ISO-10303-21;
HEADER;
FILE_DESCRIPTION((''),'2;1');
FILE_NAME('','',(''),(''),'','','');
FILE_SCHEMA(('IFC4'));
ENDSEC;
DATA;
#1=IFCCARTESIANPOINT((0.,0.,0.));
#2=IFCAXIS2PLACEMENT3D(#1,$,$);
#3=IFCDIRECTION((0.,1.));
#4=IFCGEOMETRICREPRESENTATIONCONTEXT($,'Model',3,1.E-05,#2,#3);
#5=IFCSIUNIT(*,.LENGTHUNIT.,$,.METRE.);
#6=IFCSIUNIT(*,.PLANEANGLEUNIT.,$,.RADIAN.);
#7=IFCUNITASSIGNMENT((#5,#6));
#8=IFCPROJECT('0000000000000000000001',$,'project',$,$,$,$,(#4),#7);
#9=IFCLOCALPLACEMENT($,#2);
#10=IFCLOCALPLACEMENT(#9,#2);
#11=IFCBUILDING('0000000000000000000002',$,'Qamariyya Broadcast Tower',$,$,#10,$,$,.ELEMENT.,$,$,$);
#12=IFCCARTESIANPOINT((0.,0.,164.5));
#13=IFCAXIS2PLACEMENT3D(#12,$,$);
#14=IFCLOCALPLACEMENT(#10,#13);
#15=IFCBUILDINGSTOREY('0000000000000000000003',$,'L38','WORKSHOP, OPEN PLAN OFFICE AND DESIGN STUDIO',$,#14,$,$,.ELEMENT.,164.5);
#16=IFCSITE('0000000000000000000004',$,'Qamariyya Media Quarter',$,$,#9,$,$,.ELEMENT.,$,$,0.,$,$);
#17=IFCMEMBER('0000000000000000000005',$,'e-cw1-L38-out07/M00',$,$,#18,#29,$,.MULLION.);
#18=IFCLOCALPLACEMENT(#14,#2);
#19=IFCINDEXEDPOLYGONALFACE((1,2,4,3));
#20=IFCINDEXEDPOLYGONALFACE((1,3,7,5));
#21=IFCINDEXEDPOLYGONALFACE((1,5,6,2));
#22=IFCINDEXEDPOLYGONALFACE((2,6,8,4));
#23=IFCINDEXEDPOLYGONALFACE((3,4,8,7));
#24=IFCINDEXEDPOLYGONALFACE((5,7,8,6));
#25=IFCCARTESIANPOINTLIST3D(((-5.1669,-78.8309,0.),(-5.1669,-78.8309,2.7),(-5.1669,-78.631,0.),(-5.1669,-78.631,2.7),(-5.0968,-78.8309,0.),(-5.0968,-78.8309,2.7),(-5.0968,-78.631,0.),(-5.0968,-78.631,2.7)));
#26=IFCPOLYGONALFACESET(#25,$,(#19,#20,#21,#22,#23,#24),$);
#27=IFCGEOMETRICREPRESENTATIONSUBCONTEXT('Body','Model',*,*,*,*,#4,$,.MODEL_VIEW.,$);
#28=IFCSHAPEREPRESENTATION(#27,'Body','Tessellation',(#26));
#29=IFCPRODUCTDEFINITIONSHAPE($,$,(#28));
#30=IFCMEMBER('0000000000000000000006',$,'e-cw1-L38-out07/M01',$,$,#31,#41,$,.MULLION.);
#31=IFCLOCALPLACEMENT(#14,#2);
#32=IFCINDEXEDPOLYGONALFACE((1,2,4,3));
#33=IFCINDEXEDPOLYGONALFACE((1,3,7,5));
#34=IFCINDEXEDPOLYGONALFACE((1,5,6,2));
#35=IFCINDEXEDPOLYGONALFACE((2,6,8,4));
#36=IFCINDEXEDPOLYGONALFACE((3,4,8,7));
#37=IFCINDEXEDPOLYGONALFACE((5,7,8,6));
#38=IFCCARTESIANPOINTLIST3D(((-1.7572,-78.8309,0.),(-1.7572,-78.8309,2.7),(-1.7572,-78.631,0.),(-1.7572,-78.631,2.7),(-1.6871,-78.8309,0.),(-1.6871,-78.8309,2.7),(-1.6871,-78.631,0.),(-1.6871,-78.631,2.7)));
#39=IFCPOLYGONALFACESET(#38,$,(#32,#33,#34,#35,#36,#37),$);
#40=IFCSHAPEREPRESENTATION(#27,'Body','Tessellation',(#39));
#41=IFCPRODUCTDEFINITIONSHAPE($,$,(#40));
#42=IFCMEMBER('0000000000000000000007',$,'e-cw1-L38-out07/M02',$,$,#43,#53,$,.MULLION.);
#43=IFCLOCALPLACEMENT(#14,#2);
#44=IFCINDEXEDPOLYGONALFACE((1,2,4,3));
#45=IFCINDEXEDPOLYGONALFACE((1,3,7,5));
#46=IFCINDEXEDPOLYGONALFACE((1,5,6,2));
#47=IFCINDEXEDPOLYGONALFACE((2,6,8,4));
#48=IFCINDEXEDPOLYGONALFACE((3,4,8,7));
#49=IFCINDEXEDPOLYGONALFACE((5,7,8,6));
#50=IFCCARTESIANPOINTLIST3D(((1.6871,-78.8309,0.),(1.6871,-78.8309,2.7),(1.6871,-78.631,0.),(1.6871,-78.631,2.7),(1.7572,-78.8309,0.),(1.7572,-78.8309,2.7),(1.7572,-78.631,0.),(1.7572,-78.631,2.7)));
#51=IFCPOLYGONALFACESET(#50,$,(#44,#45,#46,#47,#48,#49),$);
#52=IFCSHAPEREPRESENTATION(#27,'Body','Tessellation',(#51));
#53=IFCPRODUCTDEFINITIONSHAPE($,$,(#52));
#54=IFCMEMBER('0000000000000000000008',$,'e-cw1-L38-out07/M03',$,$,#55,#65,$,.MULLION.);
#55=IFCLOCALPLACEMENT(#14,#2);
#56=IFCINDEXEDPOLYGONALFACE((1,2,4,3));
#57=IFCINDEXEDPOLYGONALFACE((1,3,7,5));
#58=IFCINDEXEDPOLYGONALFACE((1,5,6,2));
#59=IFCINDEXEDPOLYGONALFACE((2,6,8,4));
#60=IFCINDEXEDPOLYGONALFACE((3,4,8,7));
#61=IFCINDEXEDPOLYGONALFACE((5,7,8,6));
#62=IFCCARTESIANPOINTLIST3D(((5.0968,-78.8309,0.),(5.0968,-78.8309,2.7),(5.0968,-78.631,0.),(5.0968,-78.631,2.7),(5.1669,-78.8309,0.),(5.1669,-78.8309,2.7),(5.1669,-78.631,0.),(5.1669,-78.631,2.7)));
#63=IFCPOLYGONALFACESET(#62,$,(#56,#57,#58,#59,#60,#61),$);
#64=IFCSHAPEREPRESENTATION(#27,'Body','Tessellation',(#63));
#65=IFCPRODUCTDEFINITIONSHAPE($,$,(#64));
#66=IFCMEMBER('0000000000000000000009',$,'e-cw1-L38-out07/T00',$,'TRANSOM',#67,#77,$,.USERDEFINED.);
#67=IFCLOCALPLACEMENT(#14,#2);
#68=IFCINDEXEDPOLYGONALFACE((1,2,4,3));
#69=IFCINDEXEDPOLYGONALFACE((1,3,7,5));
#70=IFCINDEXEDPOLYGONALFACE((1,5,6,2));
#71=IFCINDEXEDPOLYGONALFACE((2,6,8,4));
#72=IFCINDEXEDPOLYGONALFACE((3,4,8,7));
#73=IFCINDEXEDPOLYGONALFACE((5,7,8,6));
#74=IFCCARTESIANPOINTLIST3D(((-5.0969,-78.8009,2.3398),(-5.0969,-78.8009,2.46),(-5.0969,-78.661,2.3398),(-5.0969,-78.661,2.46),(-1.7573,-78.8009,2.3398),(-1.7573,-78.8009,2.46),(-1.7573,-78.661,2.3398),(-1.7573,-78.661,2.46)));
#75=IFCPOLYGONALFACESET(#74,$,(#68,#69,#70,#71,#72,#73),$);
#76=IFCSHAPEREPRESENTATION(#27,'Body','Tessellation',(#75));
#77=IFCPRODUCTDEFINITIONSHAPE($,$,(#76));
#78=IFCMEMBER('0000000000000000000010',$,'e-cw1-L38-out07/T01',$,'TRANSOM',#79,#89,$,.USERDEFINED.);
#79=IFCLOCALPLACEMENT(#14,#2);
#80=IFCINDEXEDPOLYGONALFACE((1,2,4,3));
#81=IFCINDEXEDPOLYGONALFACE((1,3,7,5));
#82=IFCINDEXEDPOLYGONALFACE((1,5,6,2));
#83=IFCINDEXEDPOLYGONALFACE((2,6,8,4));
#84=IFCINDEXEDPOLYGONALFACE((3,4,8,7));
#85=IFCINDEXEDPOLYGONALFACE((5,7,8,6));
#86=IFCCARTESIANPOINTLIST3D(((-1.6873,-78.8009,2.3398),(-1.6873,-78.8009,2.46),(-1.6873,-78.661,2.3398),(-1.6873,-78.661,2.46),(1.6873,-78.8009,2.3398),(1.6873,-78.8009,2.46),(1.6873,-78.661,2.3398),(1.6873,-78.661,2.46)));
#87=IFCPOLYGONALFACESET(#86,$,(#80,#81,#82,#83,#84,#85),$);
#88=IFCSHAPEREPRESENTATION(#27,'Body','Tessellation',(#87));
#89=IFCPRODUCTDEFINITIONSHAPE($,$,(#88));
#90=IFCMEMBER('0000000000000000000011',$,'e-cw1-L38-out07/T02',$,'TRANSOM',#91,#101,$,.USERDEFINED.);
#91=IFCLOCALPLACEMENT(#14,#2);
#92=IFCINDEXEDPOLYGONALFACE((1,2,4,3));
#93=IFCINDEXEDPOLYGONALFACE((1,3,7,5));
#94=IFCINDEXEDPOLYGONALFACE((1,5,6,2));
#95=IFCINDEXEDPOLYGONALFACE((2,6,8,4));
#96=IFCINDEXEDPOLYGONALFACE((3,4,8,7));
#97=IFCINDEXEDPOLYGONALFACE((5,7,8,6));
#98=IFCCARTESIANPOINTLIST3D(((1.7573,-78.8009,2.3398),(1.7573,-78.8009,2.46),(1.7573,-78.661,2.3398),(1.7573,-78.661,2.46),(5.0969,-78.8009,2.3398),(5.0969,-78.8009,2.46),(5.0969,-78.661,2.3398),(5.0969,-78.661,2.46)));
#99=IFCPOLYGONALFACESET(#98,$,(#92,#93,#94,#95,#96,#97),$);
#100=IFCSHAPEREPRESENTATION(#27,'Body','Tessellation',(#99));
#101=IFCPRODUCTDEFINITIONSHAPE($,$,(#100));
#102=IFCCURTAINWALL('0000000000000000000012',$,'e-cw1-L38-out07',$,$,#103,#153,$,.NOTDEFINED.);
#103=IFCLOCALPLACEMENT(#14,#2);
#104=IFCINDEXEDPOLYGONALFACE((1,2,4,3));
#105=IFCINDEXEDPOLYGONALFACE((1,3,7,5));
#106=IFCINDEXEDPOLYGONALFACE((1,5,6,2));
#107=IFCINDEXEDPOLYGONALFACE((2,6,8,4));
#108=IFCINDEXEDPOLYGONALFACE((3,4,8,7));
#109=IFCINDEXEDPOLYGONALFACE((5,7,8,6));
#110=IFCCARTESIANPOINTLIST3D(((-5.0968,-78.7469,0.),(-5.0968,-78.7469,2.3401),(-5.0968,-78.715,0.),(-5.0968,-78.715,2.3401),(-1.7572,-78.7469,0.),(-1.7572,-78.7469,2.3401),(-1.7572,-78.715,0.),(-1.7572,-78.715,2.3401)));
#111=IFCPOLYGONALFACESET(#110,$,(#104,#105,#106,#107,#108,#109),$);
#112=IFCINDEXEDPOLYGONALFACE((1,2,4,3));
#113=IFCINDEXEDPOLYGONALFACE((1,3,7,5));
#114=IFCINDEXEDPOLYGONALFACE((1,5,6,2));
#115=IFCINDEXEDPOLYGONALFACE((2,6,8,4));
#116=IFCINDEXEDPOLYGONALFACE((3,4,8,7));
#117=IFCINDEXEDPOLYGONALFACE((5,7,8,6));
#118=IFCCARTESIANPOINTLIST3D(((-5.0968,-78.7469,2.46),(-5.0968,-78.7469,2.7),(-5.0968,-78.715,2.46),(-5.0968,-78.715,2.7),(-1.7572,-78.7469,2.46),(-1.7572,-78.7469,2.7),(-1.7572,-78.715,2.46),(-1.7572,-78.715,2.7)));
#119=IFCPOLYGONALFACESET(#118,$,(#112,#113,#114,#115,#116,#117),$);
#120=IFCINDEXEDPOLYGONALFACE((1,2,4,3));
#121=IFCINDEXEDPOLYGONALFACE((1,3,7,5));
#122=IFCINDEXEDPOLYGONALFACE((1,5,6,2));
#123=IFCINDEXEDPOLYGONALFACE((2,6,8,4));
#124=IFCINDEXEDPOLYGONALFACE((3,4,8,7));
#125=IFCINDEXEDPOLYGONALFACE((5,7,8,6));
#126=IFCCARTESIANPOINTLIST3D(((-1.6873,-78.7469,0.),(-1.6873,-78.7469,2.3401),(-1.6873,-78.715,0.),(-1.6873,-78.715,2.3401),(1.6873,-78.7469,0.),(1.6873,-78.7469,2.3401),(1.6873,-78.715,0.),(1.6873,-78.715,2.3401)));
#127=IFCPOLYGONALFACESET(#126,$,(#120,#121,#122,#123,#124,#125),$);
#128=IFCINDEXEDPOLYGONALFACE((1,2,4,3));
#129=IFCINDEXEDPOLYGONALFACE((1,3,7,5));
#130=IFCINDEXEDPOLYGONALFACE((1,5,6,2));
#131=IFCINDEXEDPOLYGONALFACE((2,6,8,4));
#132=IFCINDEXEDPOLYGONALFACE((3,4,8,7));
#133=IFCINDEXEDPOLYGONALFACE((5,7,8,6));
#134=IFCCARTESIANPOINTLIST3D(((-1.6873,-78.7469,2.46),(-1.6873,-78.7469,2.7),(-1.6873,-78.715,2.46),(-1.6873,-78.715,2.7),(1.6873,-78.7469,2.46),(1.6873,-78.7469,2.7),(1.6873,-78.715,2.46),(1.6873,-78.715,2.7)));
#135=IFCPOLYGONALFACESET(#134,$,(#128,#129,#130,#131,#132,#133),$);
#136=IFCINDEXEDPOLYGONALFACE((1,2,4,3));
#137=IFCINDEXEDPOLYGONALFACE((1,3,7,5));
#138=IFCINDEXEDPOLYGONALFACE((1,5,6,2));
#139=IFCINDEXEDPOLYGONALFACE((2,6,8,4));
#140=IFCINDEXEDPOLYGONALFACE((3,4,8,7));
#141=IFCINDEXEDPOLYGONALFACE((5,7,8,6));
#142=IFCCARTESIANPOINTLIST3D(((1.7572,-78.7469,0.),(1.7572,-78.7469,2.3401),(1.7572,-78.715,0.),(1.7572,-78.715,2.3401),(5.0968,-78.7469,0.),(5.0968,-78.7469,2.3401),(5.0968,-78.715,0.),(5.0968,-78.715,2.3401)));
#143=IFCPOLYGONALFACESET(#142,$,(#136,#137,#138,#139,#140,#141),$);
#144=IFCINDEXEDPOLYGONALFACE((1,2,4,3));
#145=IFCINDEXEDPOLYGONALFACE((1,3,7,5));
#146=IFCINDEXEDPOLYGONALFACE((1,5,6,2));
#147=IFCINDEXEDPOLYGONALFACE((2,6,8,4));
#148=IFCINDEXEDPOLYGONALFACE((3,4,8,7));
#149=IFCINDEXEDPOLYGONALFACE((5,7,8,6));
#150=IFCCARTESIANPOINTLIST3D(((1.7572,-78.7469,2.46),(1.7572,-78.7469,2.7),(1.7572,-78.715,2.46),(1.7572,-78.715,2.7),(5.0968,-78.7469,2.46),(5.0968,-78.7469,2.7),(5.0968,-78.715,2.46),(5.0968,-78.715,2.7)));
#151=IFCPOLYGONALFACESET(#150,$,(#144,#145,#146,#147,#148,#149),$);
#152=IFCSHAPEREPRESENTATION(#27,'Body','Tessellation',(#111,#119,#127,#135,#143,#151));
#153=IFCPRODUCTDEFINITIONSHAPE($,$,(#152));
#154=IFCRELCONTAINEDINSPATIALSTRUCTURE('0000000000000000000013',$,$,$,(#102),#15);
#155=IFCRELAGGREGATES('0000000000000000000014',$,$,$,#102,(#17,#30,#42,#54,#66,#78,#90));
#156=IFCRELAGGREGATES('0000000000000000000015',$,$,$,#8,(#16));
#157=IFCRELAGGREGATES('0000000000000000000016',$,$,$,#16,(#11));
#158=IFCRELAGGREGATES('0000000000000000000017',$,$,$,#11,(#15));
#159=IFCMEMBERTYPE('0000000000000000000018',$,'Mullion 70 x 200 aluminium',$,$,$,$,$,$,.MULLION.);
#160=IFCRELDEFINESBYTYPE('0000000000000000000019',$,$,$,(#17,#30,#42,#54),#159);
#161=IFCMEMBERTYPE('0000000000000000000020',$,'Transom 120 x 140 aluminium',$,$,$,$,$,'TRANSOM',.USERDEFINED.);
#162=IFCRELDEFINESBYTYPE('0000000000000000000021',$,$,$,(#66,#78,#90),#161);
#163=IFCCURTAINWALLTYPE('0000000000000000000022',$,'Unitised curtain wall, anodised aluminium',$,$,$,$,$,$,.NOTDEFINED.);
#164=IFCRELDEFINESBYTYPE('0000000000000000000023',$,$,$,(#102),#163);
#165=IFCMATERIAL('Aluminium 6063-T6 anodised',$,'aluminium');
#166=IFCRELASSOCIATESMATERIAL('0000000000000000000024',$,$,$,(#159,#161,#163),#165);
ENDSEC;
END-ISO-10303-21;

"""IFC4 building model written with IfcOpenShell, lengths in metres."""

from ifc_helpers import new_model, si_unit, direction, frame, origin, origin_2d, place, context, subcontext, project, spatial, rectangle, extrude, material, material_profile, profile_set, type_object, element, aggregate, save


model = new_model("IFC4")

# Units and contexts
model_context = context("Model", 3, precision=1e-05, world=origin(), true_north=direction((0.0, 1.0)))
body_context = subcontext(model_context, "Body", "Model", "MODEL_VIEW")
ifc_project = project(units=[si_unit("LENGTHUNIT", "METRE"), si_unit("PLANEANGLEUNIT", "RADIAN")], contexts=[model_context])

# Members
ifc_material = material(Name="Aluminium 6063-T6 anodised", Category="aluminium")
ifc_material_profile_1 = material_profile(ifc_material, rectangle(XDim=0.2, YDim=0.0701, at=origin_2d()))
ifc_profile_set_1 = profile_set([ifc_material_profile_1], Name="Aluminium 6063-T6 anodised")
member_type_1 = type_object("IfcMemberType", Name="Mullion 70 x 200 aluminium", PredefinedType="MULLION", material=ifc_profile_set_1)
site_placement = place(None, origin())
building_placement = place(site_placement, origin())
storey_placement = place(building_placement, frame((0.0, 0.0, 164.5)))
member_1_placement = place(storey_placement, frame((-5.1318, -78.731, 0.0), z_axis=(0.0, 0.0, 1.0), x_axis=(0.0, 1.0, 0.0)))
member_1 = element("IfcMember", 1, at=member_1_placement, type_object=member_type_1, Name="e-cw1-L38-out07/M00", PredefinedType="MULLION", context=body_context, shape_type="SweptSolid", body=[
    extrude(rectangle(XDim=0.2, YDim=0.0701, at=origin_2d()), origin(), (0.0, 0.0, 1.0), 2.7),
])
member_2_placement = place(storey_placement, frame((-1.7222, -78.731, 0.0), z_axis=(0.0, 0.0, 1.0), x_axis=(0.0, 1.0, 0.0)))
member_2 = element("IfcMember", 2, at=member_2_placement, type_object=member_type_1, Name="e-cw1-L38-out07/M01", PredefinedType="MULLION", context=body_context, shape_type="SweptSolid", body=[
    extrude(rectangle(XDim=0.2, YDim=0.0701, at=origin_2d()), origin(), (0.0, 0.0, 1.0), 2.7),
])
member_3_placement = place(storey_placement, frame((1.7222, -78.731, 0.0), z_axis=(0.0, 0.0, 1.0), x_axis=(0.0, 1.0, 0.0)))
member_3 = element("IfcMember", 3, at=member_3_placement, type_object=member_type_1, Name="e-cw1-L38-out07/M02", PredefinedType="MULLION", context=body_context, shape_type="SweptSolid", body=[
    extrude(rectangle(XDim=0.2, YDim=0.0701, at=origin_2d()), origin(), (0.0, 0.0, 1.0), 2.7),
])
member_4_placement = place(storey_placement, frame((5.1318, -78.731, 0.0), z_axis=(0.0, 0.0, 1.0), x_axis=(0.0, 1.0, 0.0)))
member_4 = element("IfcMember", 4, at=member_4_placement, type_object=member_type_1, Name="e-cw1-L38-out07/M03", PredefinedType="MULLION", context=body_context, shape_type="SweptSolid", body=[
    extrude(rectangle(XDim=0.2, YDim=0.0701, at=origin_2d()), origin(), (0.0, 0.0, 1.0), 2.7),
])
ifc_material_profile_2 = material_profile(ifc_material, rectangle(XDim=0.1399, YDim=0.1201, at=origin_2d()))
ifc_profile_set_2 = profile_set([ifc_material_profile_2], Name="Aluminium 6063-T6 anodised")
member_type_2 = type_object("IfcMemberType", Name="Transom 120 x 140 aluminium", ElementType="TRANSOM", PredefinedType="USERDEFINED", material=ifc_profile_set_2)
member_5_placement = place(storey_placement, frame((-5.0969, -78.731, 2.3999), z_axis=(1.0, 0.0, 0.0), x_axis=(0.0, 1.0, 0.0)))
member_5 = element("IfcMember", 5, at=member_5_placement, type_object=member_type_2, Name="e-cw1-L38-out07/T00", ObjectType="TRANSOM", PredefinedType="USERDEFINED", context=body_context, shape_type="SweptSolid", body=[
    extrude(rectangle(XDim=0.1399, YDim=0.1201, at=origin_2d()), origin(), (0.0, 0.0, 1.0), 3.3396),
])
member_6_placement = place(storey_placement, frame((-1.6873, -78.731, 2.3999), z_axis=(1.0, 0.0, 0.0), x_axis=(0.0, 1.0, 0.0)))
member_6 = element("IfcMember", 6, at=member_6_placement, type_object=member_type_2, Name="e-cw1-L38-out07/T01", ObjectType="TRANSOM", PredefinedType="USERDEFINED", context=body_context, shape_type="SweptSolid", body=[
    extrude(rectangle(XDim=0.1399, YDim=0.1201, at=origin_2d()), origin(), (0.0, 0.0, 1.0), 3.3745),
])
member_7_placement = place(storey_placement, frame((1.7573, -78.731, 2.3999), z_axis=(1.0, 0.0, 0.0), x_axis=(0.0, 1.0, 0.0)))
member_7 = element("IfcMember", 7, at=member_7_placement, type_object=member_type_2, Name="e-cw1-L38-out07/T02", ObjectType="TRANSOM", PredefinedType="USERDEFINED", context=body_context, shape_type="SweptSolid", body=[
    extrude(rectangle(XDim=0.1399, YDim=0.1201, at=origin_2d()), origin(), (0.0, 0.0, 1.0), 3.3396),
])

# Site, building, storey
site = spatial("IfcSite", under=ifc_project, at=site_placement, Name="Qamariyya Media Quarter", CompositionType="ELEMENT", RefElevation=0.0)
building = spatial("IfcBuilding", under=site, at=building_placement, Name="Qamariyya Broadcast Tower", CompositionType="ELEMENT")
storey = spatial("IfcBuildingStorey", under=building, at=storey_placement, Name="L38", Description="WORKSHOP, OPEN PLAN OFFICE AND DESIGN STUDIO", CompositionType="ELEMENT", Elevation=164.5)

# Curtain wall
curtain_wall_type = type_object("IfcCurtainWallType", Name="Unitised curtain wall, anodised aluminium", PredefinedType="NOTDEFINED", material=ifc_material)
curtain_wall_1_placement = place(storey_placement, origin())
curtain_wall_1 = element("IfcCurtainWall", 8, at=curtain_wall_1_placement, inside=storey, type_object=curtain_wall_type, Name="e-cw1-L38-out07", PredefinedType="NOTDEFINED", context=body_context, shape_type="SweptSolid", body=[
    extrude(rectangle(XDim=3.3396, YDim=0.032, at=origin_2d()), frame((-3.427, -78.731, 0.0), x_axis=(1.0, 0.0, 0.0)), (0.0, 0.0, 1.0), 2.3401),
    extrude(rectangle(XDim=3.3396, YDim=0.032, at=origin_2d()), frame((-3.427, -78.731, 2.46), x_axis=(1.0, 0.0, 0.0)), (0.0, 0.0, 1.0), 0.24),
    extrude(rectangle(XDim=3.3745, YDim=0.032, at=origin_2d()), frame((0.0, -78.731, 0.0), x_axis=(1.0, 0.0, 0.0)), (0.0, 0.0, 1.0), 2.3401),
    extrude(rectangle(XDim=3.3745, YDim=0.032, at=origin_2d()), frame((0.0, -78.731, 2.46), x_axis=(1.0, 0.0, 0.0)), (0.0, 0.0, 1.0), 0.24),
    extrude(rectangle(XDim=3.3396, YDim=0.032, at=origin_2d()), frame((3.427, -78.731, 0.0), x_axis=(1.0, 0.0, 0.0)), (0.0, 0.0, 1.0), 2.3401),
    extrude(rectangle(XDim=3.3396, YDim=0.032, at=origin_2d()), frame((3.427, -78.731, 2.46), x_axis=(1.0, 0.0, 0.0)), (0.0, 0.0, 1.0), 0.24),
])
aggregate(curtain_wall_1, [member_1, member_2, member_3, member_4, member_5, member_6, member_7])

save(model, "model.ifc")
